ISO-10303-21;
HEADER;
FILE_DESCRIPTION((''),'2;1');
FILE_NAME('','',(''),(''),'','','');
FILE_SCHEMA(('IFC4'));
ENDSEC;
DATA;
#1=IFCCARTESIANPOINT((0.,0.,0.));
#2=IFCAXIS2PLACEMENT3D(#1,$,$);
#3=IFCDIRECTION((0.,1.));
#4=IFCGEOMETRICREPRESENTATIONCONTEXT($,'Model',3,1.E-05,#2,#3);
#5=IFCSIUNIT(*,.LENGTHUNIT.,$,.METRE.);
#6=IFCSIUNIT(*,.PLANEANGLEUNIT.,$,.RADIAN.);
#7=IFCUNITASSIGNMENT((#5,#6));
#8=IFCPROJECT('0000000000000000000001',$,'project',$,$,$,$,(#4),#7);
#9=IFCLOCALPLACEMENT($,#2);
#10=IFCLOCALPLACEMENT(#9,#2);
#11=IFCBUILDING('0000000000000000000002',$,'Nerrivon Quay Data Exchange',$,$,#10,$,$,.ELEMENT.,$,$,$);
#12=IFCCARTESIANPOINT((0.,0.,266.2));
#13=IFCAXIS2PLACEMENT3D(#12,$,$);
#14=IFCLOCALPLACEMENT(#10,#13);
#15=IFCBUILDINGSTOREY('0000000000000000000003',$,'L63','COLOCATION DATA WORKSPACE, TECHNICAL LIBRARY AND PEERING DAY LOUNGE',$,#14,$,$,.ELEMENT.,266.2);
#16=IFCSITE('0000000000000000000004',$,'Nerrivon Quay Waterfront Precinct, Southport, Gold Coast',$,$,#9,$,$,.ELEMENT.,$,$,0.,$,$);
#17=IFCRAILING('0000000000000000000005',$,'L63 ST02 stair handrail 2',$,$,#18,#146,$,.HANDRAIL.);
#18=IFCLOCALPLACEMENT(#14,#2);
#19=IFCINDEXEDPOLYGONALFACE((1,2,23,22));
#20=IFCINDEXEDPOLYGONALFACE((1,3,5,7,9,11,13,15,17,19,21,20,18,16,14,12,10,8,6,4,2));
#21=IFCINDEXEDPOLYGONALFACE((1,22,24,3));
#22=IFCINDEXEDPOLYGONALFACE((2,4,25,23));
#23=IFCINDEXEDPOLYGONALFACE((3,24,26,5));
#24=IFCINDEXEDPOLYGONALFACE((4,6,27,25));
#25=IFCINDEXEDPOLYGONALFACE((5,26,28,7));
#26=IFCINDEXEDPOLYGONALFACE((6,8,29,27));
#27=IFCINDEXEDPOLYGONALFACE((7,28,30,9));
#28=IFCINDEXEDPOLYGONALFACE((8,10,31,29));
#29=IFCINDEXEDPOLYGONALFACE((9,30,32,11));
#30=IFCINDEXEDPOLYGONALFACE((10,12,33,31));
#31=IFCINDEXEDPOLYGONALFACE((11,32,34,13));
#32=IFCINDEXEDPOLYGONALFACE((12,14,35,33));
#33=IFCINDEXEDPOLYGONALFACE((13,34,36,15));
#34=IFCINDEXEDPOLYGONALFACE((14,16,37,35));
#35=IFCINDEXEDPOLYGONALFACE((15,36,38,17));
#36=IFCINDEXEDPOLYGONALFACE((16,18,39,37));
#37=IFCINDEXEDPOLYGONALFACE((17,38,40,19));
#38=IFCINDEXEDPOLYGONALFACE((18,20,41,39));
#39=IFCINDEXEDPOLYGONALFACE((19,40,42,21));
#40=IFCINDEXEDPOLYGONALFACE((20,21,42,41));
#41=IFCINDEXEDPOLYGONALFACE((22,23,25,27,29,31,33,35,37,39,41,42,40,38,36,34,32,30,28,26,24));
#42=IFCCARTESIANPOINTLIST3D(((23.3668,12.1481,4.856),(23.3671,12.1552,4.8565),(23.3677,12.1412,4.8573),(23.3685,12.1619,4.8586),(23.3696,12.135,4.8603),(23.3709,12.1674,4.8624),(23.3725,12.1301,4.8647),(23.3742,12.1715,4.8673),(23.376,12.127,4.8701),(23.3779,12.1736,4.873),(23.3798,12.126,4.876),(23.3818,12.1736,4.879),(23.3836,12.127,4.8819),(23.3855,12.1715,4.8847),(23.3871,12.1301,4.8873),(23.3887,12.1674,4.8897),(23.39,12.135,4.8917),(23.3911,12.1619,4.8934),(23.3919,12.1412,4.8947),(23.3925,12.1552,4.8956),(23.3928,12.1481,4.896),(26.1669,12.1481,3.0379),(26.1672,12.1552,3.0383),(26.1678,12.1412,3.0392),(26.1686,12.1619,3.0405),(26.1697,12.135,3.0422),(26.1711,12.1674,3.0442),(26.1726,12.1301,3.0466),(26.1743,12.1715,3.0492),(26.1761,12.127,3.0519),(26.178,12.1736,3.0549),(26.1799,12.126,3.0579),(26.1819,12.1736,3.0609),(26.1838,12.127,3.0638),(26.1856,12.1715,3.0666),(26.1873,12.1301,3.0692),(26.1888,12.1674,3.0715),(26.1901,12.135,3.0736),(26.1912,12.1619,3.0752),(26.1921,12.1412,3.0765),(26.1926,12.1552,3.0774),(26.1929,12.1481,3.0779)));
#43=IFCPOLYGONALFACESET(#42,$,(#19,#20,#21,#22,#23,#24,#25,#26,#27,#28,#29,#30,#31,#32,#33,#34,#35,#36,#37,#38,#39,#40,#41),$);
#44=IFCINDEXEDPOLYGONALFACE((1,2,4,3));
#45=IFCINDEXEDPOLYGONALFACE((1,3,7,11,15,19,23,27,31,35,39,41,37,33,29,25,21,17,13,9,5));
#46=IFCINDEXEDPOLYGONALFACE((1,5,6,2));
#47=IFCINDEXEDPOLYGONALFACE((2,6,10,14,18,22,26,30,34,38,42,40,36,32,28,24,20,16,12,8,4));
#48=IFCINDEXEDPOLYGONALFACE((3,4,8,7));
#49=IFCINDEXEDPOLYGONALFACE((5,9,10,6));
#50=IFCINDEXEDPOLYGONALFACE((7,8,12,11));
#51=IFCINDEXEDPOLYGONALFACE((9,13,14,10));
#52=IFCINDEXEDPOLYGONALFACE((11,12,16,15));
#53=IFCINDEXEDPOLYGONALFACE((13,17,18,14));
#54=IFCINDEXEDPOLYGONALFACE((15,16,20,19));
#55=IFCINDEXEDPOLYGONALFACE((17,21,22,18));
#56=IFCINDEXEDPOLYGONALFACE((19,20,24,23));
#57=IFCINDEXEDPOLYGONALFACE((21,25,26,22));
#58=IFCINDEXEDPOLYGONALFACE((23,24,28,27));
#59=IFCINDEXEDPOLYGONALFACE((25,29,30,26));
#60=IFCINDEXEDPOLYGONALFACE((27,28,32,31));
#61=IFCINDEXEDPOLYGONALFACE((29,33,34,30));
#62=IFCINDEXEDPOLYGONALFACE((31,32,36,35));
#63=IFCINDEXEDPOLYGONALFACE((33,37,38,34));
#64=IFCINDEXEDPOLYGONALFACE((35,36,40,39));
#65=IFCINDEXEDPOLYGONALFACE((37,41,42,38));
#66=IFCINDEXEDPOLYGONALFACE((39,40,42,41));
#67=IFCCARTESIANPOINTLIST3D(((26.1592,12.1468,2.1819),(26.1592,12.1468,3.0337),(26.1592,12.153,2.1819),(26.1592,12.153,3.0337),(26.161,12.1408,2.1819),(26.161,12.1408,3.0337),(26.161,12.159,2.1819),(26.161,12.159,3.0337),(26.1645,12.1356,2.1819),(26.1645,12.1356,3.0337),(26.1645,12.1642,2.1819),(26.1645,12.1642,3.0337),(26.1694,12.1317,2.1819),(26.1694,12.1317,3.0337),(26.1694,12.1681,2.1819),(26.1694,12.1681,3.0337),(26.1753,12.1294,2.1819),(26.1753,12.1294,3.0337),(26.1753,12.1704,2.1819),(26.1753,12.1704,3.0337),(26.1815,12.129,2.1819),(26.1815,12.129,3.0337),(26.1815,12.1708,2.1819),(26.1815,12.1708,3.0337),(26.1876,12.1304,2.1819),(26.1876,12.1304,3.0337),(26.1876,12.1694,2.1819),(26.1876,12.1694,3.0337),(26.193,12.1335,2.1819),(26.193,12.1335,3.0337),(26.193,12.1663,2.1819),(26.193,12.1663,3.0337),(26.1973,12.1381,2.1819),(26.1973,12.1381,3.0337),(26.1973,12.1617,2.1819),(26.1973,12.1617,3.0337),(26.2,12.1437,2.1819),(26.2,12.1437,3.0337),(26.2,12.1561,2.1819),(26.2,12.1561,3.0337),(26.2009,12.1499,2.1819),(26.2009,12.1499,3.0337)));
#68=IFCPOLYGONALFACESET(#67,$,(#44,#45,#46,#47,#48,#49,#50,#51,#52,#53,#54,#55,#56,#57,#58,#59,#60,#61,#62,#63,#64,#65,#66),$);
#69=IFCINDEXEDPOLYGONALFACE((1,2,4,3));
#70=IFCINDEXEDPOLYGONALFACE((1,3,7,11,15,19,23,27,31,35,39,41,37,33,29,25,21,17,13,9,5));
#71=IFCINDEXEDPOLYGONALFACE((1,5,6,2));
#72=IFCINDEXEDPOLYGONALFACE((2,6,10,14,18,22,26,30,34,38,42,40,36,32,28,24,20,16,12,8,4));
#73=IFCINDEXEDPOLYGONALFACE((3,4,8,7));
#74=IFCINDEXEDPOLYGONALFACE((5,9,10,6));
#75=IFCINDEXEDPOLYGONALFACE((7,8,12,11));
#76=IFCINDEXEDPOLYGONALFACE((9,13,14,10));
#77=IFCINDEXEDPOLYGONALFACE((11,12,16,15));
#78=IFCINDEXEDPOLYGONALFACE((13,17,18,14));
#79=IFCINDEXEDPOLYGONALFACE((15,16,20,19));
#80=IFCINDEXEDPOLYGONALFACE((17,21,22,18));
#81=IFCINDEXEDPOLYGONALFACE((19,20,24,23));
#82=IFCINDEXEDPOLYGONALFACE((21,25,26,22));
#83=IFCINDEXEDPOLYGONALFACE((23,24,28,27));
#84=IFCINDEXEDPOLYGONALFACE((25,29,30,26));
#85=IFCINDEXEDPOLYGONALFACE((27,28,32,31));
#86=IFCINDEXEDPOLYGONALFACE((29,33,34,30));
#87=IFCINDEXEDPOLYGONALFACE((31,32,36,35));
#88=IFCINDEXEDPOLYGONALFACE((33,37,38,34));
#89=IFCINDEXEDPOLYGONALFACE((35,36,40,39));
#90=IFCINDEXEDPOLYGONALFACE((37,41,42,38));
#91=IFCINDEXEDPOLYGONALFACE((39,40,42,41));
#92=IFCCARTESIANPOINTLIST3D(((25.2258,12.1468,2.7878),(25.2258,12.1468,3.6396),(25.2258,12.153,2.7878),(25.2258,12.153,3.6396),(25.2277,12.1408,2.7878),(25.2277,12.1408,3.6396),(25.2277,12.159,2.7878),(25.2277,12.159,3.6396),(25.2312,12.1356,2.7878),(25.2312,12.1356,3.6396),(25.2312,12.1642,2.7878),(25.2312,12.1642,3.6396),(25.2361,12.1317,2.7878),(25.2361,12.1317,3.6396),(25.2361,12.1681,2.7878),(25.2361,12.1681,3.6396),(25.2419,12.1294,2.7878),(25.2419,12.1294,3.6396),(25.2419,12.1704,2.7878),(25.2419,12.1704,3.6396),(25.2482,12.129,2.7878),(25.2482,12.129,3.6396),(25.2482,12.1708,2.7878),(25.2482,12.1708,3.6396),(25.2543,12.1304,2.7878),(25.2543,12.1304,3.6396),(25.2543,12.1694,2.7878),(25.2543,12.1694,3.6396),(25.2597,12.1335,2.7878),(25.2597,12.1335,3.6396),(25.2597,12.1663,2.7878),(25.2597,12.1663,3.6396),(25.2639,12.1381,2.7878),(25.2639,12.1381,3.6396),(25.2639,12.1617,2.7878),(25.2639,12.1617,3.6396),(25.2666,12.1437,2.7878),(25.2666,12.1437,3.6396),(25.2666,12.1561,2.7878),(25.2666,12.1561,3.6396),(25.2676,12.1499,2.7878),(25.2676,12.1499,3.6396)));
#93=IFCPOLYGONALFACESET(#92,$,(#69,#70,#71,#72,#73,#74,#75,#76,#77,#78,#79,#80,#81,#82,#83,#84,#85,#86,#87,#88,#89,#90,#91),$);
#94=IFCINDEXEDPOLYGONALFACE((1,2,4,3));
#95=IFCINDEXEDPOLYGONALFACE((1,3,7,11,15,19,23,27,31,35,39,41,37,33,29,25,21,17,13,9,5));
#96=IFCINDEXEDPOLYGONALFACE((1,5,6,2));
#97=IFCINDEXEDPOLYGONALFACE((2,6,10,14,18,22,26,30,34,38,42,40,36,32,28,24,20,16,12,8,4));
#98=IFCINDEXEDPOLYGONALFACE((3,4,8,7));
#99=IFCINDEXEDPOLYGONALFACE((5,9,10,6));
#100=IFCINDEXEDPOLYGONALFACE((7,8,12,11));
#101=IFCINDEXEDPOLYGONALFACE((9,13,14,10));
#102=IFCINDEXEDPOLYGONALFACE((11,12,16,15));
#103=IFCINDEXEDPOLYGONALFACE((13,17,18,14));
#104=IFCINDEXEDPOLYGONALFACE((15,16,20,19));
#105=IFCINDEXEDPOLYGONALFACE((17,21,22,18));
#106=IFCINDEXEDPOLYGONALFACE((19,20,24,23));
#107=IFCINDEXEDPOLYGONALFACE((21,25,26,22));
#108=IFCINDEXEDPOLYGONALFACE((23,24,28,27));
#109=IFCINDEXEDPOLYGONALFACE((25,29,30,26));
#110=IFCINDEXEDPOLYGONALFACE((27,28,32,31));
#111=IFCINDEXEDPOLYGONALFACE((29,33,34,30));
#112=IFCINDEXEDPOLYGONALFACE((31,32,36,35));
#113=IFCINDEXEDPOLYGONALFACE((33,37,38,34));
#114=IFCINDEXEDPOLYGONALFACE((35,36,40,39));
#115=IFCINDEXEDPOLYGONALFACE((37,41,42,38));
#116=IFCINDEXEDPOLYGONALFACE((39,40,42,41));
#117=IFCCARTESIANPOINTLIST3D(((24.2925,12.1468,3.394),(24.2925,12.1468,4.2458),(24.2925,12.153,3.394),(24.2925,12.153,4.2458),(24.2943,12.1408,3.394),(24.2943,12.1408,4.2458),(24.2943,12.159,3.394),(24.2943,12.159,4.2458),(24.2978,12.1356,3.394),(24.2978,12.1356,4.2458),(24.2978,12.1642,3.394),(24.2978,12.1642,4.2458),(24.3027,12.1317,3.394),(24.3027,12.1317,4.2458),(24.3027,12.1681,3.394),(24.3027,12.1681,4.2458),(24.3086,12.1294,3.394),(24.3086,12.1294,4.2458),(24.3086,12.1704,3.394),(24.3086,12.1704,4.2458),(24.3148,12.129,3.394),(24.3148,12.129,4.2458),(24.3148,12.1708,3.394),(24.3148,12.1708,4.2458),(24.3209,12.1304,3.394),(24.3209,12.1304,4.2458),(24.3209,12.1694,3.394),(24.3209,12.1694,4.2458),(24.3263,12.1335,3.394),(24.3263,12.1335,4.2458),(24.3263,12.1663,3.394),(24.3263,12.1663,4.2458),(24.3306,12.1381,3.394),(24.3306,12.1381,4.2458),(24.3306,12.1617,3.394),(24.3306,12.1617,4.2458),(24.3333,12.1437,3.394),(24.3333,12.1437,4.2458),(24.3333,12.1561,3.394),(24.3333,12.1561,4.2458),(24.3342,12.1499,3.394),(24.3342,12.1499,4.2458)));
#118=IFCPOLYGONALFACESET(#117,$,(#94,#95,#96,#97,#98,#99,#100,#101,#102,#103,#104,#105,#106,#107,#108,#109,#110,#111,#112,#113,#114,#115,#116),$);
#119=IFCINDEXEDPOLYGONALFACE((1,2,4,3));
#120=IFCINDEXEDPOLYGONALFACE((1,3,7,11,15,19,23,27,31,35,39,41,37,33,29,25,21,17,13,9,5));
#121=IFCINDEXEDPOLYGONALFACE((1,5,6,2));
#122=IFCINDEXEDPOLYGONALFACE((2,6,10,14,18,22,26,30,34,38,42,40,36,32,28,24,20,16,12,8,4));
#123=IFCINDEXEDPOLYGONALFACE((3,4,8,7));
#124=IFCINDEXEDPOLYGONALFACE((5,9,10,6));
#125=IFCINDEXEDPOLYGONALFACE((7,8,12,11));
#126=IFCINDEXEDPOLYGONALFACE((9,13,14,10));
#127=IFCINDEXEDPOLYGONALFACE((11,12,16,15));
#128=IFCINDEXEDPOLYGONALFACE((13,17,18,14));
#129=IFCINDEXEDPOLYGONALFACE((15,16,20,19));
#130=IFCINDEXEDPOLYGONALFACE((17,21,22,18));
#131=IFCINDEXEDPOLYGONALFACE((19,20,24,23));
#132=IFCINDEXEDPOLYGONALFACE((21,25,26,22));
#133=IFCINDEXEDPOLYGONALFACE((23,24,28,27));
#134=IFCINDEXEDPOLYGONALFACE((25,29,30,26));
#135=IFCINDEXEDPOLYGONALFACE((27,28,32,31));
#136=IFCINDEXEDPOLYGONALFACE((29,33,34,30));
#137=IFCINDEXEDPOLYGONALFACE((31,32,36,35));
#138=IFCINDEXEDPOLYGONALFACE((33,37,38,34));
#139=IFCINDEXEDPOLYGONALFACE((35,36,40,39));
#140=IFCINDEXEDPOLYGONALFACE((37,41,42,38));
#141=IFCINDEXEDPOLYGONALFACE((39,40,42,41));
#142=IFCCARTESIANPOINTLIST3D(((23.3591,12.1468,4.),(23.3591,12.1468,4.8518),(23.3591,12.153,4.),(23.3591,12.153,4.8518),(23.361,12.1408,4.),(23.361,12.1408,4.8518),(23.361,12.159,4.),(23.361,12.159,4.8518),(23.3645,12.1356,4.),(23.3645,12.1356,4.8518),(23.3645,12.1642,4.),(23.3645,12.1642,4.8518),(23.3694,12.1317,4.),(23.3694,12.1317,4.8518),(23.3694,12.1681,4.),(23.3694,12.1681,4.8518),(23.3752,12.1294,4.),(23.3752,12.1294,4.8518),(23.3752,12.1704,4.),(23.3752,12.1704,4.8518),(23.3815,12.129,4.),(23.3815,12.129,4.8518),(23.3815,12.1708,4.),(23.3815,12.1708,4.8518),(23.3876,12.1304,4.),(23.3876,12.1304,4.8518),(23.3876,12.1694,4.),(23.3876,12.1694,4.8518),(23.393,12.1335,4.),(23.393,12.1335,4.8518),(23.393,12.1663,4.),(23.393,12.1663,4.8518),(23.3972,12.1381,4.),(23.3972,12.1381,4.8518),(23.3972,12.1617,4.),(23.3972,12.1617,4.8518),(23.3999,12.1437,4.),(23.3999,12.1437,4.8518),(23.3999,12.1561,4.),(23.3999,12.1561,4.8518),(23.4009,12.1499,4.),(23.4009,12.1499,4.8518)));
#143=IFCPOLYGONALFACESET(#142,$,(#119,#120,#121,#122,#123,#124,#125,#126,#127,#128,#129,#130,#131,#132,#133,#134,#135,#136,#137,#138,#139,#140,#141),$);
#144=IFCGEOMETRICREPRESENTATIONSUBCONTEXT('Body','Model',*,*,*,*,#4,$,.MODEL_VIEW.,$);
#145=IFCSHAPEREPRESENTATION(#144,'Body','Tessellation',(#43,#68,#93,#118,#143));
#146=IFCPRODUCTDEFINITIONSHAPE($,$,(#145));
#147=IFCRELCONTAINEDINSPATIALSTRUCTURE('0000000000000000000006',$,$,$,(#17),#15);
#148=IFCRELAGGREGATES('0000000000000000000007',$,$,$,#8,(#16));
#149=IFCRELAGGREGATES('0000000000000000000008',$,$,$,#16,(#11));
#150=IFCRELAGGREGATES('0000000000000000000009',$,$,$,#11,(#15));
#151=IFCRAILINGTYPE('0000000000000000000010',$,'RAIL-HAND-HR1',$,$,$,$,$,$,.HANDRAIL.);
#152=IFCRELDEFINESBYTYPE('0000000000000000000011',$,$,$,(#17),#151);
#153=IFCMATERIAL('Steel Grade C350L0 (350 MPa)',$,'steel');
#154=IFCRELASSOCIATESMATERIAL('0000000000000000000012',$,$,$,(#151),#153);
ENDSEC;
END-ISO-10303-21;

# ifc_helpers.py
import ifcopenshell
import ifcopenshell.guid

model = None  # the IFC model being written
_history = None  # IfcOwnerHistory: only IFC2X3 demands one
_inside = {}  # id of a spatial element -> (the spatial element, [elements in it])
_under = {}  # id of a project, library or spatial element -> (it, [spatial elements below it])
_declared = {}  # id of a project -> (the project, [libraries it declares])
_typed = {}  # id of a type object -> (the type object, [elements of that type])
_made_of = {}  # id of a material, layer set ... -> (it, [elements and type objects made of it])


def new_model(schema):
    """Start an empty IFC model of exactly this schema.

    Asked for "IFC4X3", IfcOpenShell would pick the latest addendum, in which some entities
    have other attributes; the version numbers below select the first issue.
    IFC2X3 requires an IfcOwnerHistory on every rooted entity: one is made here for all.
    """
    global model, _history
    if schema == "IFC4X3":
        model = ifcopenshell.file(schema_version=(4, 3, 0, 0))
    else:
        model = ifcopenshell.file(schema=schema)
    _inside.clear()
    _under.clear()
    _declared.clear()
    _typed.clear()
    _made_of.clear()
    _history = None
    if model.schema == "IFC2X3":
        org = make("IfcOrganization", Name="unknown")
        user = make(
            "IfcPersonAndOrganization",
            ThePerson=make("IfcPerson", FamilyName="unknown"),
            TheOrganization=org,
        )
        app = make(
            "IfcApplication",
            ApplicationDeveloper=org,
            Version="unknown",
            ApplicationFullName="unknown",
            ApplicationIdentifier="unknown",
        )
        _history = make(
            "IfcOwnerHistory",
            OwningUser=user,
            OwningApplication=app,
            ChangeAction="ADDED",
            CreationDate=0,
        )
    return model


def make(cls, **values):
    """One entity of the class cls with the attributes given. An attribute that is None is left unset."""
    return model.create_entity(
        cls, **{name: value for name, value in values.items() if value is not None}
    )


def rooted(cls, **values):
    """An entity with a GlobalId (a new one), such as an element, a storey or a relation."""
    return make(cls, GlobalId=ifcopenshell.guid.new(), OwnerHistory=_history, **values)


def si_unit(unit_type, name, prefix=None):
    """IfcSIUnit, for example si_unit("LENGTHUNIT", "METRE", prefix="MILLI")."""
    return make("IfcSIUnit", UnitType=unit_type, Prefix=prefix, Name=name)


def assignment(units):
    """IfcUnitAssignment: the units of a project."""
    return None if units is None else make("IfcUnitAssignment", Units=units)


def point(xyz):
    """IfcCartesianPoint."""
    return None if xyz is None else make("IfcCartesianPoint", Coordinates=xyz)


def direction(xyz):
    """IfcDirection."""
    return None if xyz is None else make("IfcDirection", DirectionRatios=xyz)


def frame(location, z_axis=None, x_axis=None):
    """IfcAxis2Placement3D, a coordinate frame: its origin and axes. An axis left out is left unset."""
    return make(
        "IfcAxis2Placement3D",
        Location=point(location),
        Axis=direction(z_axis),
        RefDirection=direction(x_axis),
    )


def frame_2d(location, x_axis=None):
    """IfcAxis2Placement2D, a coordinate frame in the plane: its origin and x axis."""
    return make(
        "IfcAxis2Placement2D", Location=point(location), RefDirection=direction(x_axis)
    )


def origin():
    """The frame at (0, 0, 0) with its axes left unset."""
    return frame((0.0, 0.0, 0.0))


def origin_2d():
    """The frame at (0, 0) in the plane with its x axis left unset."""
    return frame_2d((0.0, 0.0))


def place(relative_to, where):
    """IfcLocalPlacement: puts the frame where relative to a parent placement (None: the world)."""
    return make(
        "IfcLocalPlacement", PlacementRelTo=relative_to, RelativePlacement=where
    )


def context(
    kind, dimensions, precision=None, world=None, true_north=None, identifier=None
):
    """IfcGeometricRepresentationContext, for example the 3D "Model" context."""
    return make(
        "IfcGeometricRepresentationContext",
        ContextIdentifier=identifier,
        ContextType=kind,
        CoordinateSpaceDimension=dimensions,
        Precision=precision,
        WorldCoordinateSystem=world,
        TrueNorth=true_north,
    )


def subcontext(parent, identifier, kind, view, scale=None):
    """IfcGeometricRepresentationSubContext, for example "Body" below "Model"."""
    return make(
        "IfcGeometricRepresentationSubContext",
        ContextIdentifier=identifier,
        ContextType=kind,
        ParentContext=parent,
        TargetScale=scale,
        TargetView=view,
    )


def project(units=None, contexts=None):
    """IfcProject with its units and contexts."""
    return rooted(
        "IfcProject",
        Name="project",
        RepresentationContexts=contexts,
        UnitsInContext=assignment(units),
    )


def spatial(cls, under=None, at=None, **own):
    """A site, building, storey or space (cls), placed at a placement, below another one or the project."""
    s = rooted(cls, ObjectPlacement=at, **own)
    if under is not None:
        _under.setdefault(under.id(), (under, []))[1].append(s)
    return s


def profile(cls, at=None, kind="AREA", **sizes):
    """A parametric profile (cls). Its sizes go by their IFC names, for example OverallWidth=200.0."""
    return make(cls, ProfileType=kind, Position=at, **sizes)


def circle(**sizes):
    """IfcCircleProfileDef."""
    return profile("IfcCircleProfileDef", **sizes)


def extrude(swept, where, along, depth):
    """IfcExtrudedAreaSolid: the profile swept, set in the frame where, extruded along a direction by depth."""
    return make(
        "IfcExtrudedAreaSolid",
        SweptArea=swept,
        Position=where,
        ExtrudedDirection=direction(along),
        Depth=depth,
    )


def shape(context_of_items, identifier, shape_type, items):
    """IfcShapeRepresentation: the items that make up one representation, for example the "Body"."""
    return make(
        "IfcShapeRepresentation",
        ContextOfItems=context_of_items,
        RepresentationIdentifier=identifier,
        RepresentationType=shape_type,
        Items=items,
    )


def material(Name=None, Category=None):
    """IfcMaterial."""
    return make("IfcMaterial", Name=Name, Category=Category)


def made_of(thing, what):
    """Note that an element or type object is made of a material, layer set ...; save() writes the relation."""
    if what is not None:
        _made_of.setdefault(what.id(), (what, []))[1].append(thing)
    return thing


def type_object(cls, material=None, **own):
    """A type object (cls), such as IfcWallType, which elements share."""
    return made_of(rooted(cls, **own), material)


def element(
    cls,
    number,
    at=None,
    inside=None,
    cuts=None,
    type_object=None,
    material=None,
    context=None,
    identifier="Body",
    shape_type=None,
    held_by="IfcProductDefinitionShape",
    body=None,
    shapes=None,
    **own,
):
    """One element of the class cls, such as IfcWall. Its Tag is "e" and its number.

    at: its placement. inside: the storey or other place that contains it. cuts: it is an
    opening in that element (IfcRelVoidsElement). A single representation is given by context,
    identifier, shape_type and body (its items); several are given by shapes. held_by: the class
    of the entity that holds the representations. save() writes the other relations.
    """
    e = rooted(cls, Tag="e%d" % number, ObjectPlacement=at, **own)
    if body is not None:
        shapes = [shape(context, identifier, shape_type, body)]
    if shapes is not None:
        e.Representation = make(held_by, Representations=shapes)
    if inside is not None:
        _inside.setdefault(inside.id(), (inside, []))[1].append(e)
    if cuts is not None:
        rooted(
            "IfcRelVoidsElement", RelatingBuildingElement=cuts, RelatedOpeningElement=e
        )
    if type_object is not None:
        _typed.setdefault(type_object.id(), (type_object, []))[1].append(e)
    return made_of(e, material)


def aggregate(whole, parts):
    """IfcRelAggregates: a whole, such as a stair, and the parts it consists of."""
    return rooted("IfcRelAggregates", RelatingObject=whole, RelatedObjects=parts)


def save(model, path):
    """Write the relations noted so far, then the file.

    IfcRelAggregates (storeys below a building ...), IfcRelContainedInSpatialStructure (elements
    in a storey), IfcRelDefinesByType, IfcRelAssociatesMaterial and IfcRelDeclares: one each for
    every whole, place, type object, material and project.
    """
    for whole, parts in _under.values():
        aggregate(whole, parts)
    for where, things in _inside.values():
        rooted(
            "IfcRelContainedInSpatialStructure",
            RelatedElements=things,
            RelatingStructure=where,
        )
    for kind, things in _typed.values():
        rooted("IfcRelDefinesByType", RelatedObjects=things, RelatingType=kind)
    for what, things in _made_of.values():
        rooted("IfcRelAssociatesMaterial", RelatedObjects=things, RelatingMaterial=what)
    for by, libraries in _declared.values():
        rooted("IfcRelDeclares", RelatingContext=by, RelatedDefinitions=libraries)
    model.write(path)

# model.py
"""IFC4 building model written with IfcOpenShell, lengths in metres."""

from ifc_helpers import new_model, si_unit, direction, frame, origin, origin_2d, place, context, subcontext, project, spatial, circle, extrude, material, type_object, element, save


model = new_model("IFC4")

# Units and contexts
model_context = context("Model", 3, precision=1e-05, world=origin(), true_north=direction((0.0, 1.0)))
body_context = subcontext(model_context, "Body", "Model", "MODEL_VIEW")
ifc_project = project(units=[si_unit("LENGTHUNIT", "METRE"), si_unit("PLANEANGLEUNIT", "RADIAN")], contexts=[model_context])

# Site, building, storey
site_placement = place(None, origin())
site = spatial("IfcSite", under=ifc_project, at=site_placement, Name="Nerrivon Quay Waterfront Precinct, Southport, Gold Coast", CompositionType="ELEMENT", RefElevation=0.0)
building_placement = place(site_placement, origin())
building = spatial("IfcBuilding", under=site, at=building_placement, Name="Nerrivon Quay Data Exchange", CompositionType="ELEMENT")
storey_placement = place(building_placement, frame((0.0, 0.0, 266.2)))
storey = spatial("IfcBuildingStorey", under=building, at=storey_placement, Name="L63", Description="COLOCATION DATA WORKSPACE, TECHNICAL LIBRARY AND PEERING DAY LOUNGE", CompositionType="ELEMENT", Elevation=266.2)

# Railing
ifc_material_1 = material(Name="Steel Grade C350L0 (350 MPa)", Category="steel")
railing_type_1 = type_object("IfcRailingType", Name="RAIL-HAND-HR1", PredefinedType="HANDRAIL", material=ifc_material_1)
railing_1_placement = place(storey_placement, frame((26.1799, 12.1499, 2.1819)))
element("IfcRailing", 1, at=railing_1_placement, inside=storey, type_object=railing_type_1, Name="L63 ST02 stair handrail 2", PredefinedType="HANDRAIL", context=body_context, shape_type="SweptSolid", body=[
    extrude(circle(Radius=0.0239, at=origin_2d()), frame((0.0, 0.0, 0.876), z_axis=(-0.838706, 0.0, 0.544585), x_axis=(0.0, -1.0, 0.0)), (0.0, 0.0, 1.0), 3.3386),
    extrude(circle(Radius=0.021, at=origin_2d()), origin(), (0.0, 0.0, 1.0), 0.8518),
    extrude(circle(Radius=0.021, at=origin_2d()), frame((-0.9333, 0.0, 0.606)), (0.0, 0.0, 1.0), 0.8518),
    extrude(circle(Radius=0.021, at=origin_2d()), frame((-1.8667, 0.0, 1.2122)), (0.0, 0.0, 1.0), 0.8518),
    extrude(circle(Radius=0.021, at=origin_2d()), frame((-2.8, 0.0, 1.8181)), (0.0, 0.0, 1.0), 0.8518),
])

save(model, "model.ifc")
